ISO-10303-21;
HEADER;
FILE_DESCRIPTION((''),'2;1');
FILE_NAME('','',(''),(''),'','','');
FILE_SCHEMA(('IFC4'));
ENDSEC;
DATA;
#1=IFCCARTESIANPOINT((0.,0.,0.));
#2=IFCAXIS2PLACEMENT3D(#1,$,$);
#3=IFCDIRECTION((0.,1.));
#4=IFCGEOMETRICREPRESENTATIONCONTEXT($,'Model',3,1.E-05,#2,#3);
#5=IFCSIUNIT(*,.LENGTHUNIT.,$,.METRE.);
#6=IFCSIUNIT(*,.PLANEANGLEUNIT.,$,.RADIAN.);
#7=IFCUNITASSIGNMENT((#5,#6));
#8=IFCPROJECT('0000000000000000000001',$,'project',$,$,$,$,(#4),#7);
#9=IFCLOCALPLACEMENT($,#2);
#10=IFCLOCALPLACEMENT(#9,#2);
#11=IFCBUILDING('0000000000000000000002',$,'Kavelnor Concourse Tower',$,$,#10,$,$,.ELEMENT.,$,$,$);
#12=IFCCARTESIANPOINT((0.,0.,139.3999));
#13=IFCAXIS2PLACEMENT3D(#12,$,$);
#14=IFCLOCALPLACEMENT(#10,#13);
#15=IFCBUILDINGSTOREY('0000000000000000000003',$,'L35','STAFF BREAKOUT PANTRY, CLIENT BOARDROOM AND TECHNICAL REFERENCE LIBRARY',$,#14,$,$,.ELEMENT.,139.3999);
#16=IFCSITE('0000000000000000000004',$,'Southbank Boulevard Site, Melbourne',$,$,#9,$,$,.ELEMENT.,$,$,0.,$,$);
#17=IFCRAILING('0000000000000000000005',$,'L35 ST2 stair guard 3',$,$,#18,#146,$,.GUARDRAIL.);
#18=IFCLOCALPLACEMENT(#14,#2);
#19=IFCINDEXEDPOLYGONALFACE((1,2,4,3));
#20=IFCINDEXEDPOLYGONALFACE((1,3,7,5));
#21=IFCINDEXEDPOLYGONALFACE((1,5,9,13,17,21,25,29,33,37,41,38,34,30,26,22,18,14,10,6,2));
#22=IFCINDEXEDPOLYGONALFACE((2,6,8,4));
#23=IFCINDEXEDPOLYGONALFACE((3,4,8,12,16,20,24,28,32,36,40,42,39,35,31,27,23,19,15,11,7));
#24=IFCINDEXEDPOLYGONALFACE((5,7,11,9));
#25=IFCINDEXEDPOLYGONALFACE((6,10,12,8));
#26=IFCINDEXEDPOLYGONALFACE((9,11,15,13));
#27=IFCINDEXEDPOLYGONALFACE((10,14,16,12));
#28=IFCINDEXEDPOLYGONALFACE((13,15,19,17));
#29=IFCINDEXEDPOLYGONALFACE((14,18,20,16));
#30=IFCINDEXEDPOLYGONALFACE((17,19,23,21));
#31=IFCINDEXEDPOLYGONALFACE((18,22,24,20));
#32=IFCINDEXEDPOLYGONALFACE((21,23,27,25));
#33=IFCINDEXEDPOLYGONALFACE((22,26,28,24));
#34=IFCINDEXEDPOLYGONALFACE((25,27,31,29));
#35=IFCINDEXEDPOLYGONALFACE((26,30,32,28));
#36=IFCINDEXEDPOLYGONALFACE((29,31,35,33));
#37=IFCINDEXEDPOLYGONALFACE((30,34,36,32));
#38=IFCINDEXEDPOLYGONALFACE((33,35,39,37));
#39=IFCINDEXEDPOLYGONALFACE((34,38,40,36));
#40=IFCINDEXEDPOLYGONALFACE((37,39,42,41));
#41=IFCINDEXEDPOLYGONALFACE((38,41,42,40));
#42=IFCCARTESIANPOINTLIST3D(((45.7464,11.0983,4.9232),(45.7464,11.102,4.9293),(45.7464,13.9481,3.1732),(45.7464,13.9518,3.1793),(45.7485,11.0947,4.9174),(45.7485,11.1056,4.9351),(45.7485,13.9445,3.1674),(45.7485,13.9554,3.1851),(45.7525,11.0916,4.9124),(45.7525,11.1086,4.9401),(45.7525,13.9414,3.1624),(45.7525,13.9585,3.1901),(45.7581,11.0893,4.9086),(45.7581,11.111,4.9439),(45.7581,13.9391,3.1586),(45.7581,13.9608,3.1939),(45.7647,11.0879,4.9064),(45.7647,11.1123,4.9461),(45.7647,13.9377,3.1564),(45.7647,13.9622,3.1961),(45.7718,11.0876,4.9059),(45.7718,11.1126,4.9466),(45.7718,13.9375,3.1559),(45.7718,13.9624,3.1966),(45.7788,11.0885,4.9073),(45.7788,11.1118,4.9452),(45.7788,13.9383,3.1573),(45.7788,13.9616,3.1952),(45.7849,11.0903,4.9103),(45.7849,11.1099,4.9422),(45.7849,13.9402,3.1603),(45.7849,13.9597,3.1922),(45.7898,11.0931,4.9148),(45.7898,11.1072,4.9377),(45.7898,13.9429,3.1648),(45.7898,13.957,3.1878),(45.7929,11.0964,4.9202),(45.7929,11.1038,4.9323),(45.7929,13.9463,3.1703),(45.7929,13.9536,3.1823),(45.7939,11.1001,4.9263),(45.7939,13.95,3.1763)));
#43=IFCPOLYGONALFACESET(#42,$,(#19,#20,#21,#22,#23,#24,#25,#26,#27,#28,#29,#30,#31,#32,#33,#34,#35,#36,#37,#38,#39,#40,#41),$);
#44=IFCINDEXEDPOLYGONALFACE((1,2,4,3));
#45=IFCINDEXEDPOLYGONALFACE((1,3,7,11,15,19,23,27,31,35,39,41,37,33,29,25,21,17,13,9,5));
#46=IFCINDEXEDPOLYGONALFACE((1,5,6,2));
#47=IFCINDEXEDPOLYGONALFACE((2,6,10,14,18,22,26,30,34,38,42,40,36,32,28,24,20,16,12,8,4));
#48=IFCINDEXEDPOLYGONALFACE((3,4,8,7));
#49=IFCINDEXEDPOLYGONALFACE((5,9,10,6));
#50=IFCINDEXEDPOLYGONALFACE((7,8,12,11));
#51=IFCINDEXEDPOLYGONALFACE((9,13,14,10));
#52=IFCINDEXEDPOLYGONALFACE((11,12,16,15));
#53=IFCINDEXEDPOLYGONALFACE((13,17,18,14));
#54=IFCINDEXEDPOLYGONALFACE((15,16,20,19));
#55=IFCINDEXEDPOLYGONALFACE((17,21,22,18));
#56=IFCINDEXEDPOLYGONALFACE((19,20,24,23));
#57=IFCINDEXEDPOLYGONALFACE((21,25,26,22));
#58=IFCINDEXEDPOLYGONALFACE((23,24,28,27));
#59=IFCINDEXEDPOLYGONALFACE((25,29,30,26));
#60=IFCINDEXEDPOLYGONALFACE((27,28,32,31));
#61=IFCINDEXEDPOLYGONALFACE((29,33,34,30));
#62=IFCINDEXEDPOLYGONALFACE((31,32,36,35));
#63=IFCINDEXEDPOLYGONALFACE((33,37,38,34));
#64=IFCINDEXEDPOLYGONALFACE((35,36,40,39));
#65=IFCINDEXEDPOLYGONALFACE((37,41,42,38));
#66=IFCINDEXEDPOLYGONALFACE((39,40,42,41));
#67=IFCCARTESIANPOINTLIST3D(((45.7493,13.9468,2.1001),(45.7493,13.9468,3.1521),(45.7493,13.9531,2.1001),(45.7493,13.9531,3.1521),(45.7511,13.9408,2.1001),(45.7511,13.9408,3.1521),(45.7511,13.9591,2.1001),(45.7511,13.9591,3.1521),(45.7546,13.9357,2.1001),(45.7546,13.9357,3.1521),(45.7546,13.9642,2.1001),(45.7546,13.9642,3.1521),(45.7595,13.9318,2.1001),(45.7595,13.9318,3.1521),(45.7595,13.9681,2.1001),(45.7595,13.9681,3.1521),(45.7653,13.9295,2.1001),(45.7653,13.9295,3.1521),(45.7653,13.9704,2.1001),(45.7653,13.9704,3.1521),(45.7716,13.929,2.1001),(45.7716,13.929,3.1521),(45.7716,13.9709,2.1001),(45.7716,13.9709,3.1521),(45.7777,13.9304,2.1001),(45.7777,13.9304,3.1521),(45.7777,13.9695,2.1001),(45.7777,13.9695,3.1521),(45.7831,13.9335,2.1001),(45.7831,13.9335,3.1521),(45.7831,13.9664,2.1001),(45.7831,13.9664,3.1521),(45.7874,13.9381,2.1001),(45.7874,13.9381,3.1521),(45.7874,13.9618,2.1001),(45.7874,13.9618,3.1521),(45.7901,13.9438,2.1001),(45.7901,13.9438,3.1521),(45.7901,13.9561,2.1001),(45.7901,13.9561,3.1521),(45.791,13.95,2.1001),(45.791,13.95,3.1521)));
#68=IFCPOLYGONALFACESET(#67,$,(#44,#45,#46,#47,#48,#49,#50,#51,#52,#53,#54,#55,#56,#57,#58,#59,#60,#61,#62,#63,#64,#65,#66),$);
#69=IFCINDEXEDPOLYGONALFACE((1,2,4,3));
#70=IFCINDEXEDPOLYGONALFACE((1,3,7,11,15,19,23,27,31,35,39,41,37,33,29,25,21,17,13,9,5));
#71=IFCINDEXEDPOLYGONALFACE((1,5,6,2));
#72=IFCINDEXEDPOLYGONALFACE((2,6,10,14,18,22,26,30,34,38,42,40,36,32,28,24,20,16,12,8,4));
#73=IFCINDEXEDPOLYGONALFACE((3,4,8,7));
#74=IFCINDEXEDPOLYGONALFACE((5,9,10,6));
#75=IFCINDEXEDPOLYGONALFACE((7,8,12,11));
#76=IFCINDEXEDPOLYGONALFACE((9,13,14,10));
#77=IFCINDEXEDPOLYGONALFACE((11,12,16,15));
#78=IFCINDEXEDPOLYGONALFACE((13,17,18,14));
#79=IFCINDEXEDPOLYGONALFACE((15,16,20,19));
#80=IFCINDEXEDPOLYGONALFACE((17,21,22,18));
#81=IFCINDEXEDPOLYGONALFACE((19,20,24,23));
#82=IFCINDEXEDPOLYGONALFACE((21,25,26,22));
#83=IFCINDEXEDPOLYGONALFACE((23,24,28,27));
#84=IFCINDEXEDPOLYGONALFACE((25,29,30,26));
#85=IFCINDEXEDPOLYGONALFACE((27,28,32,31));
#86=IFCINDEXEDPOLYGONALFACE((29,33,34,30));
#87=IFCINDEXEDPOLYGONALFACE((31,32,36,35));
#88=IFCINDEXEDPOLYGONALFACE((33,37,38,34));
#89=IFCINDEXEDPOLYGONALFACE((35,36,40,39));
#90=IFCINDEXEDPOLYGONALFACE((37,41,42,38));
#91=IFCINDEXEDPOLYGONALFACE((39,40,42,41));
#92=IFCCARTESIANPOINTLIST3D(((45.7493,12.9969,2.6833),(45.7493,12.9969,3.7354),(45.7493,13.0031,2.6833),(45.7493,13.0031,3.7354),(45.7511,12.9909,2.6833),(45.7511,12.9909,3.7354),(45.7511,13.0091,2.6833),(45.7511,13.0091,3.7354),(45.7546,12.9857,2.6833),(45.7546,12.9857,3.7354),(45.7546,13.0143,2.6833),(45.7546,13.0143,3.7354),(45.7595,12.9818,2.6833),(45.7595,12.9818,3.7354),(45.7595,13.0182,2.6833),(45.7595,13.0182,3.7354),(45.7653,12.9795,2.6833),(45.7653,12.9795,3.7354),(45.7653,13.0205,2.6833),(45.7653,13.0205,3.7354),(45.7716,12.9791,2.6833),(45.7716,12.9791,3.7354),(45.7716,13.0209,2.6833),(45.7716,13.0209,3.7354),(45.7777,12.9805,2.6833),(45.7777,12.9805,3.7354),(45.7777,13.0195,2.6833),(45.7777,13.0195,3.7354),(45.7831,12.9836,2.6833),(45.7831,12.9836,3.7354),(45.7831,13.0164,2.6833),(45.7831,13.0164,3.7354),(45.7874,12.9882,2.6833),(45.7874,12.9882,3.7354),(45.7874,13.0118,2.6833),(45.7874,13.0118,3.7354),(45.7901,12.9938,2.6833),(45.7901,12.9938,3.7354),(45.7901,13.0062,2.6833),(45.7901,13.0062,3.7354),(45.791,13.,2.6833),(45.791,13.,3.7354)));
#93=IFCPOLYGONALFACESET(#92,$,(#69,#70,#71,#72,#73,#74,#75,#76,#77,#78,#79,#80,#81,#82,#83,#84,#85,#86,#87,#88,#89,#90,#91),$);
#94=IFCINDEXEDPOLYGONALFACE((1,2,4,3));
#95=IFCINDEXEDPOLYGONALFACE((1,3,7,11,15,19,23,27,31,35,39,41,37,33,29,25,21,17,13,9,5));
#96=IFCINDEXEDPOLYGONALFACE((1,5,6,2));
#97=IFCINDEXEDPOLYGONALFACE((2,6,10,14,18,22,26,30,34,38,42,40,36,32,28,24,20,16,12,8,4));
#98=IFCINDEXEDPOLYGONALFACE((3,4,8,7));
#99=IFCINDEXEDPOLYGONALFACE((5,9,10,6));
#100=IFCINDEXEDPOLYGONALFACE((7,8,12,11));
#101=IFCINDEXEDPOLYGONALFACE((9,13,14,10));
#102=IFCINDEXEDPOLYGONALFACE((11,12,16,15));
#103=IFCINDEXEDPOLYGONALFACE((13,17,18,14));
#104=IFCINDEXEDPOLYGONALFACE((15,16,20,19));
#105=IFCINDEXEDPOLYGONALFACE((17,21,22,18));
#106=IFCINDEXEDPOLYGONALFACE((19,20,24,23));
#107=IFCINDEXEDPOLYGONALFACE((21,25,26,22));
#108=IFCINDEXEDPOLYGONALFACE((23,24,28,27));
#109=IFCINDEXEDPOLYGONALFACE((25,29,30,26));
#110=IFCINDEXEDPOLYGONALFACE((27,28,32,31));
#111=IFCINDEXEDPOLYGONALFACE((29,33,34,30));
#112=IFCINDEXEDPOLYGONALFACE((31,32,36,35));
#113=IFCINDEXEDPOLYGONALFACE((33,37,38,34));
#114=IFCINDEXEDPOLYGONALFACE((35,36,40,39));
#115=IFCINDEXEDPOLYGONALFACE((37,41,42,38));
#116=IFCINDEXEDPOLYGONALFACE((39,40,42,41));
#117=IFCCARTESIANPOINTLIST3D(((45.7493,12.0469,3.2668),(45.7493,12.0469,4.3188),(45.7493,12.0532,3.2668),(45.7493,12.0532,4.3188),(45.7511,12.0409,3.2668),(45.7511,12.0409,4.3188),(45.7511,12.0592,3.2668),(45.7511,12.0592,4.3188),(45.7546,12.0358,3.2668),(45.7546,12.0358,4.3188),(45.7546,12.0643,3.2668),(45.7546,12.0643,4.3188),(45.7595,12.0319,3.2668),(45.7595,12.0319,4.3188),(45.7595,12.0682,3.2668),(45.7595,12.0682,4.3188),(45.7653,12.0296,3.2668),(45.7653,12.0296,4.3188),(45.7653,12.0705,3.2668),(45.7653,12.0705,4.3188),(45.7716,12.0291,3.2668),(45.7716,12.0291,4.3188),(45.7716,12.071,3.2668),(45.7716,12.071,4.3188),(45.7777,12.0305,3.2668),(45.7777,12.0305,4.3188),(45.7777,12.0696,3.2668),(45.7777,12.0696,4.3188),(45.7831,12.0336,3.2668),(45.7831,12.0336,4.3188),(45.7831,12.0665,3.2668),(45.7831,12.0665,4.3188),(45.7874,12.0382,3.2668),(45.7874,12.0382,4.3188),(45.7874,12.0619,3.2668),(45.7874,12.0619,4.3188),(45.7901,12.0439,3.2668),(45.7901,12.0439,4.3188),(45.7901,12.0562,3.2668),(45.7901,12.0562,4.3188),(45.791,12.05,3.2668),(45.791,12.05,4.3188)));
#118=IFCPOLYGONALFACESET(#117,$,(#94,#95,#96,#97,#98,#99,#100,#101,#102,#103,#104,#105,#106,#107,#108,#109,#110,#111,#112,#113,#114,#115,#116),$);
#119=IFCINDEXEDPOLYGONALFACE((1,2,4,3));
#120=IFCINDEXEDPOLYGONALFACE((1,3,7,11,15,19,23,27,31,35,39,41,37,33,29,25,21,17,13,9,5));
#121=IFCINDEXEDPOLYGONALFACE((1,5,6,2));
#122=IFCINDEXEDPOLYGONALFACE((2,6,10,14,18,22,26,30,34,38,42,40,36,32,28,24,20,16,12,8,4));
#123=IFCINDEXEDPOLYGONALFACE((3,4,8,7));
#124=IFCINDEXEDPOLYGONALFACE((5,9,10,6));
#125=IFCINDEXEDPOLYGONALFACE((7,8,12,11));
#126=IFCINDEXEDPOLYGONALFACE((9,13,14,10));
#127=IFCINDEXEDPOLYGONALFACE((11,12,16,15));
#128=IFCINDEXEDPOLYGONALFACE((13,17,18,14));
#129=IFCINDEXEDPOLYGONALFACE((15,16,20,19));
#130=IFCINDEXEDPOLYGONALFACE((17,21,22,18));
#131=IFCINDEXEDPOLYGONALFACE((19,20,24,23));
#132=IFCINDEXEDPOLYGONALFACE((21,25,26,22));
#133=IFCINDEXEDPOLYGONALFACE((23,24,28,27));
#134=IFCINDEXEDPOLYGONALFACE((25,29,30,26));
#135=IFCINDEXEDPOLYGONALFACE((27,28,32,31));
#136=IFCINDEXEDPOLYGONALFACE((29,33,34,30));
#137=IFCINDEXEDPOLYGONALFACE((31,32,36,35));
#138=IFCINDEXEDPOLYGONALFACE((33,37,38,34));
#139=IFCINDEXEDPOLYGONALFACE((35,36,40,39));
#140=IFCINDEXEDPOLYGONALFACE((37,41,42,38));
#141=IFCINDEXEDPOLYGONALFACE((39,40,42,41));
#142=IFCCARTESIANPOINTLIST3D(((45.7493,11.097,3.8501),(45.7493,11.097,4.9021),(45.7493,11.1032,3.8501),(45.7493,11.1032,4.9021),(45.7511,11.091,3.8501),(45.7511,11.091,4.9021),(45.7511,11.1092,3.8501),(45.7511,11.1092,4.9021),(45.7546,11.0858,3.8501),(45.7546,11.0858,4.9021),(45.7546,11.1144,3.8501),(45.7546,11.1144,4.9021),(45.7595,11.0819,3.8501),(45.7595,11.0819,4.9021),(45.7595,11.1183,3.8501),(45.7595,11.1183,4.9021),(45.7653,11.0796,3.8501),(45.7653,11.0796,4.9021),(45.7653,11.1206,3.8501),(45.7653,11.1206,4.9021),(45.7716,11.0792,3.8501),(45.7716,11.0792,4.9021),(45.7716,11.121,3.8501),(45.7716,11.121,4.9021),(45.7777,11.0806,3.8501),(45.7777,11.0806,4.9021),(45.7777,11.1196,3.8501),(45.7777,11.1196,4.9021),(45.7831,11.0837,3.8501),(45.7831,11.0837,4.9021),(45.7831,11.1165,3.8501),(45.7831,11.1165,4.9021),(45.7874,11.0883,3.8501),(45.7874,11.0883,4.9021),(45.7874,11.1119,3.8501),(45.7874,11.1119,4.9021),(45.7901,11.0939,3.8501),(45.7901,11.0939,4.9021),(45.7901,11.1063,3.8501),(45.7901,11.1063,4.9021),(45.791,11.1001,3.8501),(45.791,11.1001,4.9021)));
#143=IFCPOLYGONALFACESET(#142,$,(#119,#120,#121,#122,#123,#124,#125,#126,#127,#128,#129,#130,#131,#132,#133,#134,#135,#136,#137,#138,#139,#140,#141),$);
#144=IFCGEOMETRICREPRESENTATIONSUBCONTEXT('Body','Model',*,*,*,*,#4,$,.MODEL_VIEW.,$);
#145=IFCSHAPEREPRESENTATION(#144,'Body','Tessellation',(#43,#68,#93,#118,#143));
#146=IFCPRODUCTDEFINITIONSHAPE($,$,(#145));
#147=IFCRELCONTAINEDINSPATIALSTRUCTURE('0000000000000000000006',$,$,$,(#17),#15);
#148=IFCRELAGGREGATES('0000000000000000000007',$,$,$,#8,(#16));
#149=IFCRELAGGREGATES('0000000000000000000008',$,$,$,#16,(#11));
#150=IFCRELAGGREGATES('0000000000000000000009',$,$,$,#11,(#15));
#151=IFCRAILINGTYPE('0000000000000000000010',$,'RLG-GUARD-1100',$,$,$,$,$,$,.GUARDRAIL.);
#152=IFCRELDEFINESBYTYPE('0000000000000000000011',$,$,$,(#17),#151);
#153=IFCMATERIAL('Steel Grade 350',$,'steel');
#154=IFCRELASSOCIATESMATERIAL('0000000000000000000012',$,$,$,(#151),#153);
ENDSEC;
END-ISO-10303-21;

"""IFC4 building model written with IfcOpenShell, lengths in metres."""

from ifc_helpers import new_model, si_unit, direction, frame, origin, origin_2d, place, context, subcontext, project, spatial, circle, extrude, material, type_object, element, save


model = new_model("IFC4")

# Units and contexts
model_context = context("Model", 3, precision=1e-05, world=origin(), true_north=direction((0.0, 1.0)))
body_context = subcontext(model_context, "Body", "Model", "MODEL_VIEW")
ifc_project = project(units=[si_unit("LENGTHUNIT", "METRE"), si_unit("PLANEANGLEUNIT", "RADIAN")], contexts=[model_context])

# Site, building, storey
site_placement = place(None, origin())
site = spatial("IfcSite", under=ifc_project, at=site_placement, Name="Southbank Boulevard Site, Melbourne", CompositionType="ELEMENT", RefElevation=0.0)
building_placement = place(site_placement, origin())
building = spatial("IfcBuilding", under=site, at=building_placement, Name="Kavelnor Concourse Tower", CompositionType="ELEMENT")
storey_placement = place(building_placement, frame((0.0, 0.0, 139.3999)))
storey = spatial("IfcBuildingStorey", under=building, at=storey_placement, Name="L35", Description="STAFF BREAKOUT PANTRY, CLIENT BOARDROOM AND TECHNICAL REFERENCE LIBRARY", CompositionType="ELEMENT", Elevation=139.3999)

# Shared definitions
ifc_material_1 = material(Name="Steel Grade 350", Category="steel")

# Railing
railing_type_1 = type_object("IfcRailingType", Name="RLG-GUARD-1100", PredefinedType="GUARDRAIL", material=ifc_material_1)
railing_1_placement = place(storey_placement, frame((45.77, 13.95, 2.1001)))
element("IfcRailing", 1, at=railing_1_placement, inside=storey, type_object=railing_type_1, Name="L35 ST2 stair guard 3", PredefinedType="GUARDRAIL", context=body_context, shape_type="SweptSolid", body=[
    extrude(circle(Radius=0.0239, at=origin_2d()), frame((0.0, 0.0, 1.0762), z_axis=(0.0, -0.852159, 0.523283), x_axis=(1.0, 0.0, 0.0)), (0.0, 0.0, 1.0), 3.3442),
    extrude(circle(Radius=0.021, at=origin_2d()), origin(), (0.0, 0.0, 1.0), 1.052),
    extrude(circle(Radius=0.021, at=origin_2d()), frame((0.0, -0.95, 0.5833)), (0.0, 0.0, 1.0), 1.052),
    extrude(circle(Radius=0.021, at=origin_2d()), frame((0.0, -1.8999, 1.1667)), (0.0, 0.0, 1.0), 1.052),
    extrude(circle(Radius=0.021, at=origin_2d()), frame((0.0, -2.8499, 1.75)), (0.0, 0.0, 1.0), 1.052),
])

save(model, "model.ifc")
